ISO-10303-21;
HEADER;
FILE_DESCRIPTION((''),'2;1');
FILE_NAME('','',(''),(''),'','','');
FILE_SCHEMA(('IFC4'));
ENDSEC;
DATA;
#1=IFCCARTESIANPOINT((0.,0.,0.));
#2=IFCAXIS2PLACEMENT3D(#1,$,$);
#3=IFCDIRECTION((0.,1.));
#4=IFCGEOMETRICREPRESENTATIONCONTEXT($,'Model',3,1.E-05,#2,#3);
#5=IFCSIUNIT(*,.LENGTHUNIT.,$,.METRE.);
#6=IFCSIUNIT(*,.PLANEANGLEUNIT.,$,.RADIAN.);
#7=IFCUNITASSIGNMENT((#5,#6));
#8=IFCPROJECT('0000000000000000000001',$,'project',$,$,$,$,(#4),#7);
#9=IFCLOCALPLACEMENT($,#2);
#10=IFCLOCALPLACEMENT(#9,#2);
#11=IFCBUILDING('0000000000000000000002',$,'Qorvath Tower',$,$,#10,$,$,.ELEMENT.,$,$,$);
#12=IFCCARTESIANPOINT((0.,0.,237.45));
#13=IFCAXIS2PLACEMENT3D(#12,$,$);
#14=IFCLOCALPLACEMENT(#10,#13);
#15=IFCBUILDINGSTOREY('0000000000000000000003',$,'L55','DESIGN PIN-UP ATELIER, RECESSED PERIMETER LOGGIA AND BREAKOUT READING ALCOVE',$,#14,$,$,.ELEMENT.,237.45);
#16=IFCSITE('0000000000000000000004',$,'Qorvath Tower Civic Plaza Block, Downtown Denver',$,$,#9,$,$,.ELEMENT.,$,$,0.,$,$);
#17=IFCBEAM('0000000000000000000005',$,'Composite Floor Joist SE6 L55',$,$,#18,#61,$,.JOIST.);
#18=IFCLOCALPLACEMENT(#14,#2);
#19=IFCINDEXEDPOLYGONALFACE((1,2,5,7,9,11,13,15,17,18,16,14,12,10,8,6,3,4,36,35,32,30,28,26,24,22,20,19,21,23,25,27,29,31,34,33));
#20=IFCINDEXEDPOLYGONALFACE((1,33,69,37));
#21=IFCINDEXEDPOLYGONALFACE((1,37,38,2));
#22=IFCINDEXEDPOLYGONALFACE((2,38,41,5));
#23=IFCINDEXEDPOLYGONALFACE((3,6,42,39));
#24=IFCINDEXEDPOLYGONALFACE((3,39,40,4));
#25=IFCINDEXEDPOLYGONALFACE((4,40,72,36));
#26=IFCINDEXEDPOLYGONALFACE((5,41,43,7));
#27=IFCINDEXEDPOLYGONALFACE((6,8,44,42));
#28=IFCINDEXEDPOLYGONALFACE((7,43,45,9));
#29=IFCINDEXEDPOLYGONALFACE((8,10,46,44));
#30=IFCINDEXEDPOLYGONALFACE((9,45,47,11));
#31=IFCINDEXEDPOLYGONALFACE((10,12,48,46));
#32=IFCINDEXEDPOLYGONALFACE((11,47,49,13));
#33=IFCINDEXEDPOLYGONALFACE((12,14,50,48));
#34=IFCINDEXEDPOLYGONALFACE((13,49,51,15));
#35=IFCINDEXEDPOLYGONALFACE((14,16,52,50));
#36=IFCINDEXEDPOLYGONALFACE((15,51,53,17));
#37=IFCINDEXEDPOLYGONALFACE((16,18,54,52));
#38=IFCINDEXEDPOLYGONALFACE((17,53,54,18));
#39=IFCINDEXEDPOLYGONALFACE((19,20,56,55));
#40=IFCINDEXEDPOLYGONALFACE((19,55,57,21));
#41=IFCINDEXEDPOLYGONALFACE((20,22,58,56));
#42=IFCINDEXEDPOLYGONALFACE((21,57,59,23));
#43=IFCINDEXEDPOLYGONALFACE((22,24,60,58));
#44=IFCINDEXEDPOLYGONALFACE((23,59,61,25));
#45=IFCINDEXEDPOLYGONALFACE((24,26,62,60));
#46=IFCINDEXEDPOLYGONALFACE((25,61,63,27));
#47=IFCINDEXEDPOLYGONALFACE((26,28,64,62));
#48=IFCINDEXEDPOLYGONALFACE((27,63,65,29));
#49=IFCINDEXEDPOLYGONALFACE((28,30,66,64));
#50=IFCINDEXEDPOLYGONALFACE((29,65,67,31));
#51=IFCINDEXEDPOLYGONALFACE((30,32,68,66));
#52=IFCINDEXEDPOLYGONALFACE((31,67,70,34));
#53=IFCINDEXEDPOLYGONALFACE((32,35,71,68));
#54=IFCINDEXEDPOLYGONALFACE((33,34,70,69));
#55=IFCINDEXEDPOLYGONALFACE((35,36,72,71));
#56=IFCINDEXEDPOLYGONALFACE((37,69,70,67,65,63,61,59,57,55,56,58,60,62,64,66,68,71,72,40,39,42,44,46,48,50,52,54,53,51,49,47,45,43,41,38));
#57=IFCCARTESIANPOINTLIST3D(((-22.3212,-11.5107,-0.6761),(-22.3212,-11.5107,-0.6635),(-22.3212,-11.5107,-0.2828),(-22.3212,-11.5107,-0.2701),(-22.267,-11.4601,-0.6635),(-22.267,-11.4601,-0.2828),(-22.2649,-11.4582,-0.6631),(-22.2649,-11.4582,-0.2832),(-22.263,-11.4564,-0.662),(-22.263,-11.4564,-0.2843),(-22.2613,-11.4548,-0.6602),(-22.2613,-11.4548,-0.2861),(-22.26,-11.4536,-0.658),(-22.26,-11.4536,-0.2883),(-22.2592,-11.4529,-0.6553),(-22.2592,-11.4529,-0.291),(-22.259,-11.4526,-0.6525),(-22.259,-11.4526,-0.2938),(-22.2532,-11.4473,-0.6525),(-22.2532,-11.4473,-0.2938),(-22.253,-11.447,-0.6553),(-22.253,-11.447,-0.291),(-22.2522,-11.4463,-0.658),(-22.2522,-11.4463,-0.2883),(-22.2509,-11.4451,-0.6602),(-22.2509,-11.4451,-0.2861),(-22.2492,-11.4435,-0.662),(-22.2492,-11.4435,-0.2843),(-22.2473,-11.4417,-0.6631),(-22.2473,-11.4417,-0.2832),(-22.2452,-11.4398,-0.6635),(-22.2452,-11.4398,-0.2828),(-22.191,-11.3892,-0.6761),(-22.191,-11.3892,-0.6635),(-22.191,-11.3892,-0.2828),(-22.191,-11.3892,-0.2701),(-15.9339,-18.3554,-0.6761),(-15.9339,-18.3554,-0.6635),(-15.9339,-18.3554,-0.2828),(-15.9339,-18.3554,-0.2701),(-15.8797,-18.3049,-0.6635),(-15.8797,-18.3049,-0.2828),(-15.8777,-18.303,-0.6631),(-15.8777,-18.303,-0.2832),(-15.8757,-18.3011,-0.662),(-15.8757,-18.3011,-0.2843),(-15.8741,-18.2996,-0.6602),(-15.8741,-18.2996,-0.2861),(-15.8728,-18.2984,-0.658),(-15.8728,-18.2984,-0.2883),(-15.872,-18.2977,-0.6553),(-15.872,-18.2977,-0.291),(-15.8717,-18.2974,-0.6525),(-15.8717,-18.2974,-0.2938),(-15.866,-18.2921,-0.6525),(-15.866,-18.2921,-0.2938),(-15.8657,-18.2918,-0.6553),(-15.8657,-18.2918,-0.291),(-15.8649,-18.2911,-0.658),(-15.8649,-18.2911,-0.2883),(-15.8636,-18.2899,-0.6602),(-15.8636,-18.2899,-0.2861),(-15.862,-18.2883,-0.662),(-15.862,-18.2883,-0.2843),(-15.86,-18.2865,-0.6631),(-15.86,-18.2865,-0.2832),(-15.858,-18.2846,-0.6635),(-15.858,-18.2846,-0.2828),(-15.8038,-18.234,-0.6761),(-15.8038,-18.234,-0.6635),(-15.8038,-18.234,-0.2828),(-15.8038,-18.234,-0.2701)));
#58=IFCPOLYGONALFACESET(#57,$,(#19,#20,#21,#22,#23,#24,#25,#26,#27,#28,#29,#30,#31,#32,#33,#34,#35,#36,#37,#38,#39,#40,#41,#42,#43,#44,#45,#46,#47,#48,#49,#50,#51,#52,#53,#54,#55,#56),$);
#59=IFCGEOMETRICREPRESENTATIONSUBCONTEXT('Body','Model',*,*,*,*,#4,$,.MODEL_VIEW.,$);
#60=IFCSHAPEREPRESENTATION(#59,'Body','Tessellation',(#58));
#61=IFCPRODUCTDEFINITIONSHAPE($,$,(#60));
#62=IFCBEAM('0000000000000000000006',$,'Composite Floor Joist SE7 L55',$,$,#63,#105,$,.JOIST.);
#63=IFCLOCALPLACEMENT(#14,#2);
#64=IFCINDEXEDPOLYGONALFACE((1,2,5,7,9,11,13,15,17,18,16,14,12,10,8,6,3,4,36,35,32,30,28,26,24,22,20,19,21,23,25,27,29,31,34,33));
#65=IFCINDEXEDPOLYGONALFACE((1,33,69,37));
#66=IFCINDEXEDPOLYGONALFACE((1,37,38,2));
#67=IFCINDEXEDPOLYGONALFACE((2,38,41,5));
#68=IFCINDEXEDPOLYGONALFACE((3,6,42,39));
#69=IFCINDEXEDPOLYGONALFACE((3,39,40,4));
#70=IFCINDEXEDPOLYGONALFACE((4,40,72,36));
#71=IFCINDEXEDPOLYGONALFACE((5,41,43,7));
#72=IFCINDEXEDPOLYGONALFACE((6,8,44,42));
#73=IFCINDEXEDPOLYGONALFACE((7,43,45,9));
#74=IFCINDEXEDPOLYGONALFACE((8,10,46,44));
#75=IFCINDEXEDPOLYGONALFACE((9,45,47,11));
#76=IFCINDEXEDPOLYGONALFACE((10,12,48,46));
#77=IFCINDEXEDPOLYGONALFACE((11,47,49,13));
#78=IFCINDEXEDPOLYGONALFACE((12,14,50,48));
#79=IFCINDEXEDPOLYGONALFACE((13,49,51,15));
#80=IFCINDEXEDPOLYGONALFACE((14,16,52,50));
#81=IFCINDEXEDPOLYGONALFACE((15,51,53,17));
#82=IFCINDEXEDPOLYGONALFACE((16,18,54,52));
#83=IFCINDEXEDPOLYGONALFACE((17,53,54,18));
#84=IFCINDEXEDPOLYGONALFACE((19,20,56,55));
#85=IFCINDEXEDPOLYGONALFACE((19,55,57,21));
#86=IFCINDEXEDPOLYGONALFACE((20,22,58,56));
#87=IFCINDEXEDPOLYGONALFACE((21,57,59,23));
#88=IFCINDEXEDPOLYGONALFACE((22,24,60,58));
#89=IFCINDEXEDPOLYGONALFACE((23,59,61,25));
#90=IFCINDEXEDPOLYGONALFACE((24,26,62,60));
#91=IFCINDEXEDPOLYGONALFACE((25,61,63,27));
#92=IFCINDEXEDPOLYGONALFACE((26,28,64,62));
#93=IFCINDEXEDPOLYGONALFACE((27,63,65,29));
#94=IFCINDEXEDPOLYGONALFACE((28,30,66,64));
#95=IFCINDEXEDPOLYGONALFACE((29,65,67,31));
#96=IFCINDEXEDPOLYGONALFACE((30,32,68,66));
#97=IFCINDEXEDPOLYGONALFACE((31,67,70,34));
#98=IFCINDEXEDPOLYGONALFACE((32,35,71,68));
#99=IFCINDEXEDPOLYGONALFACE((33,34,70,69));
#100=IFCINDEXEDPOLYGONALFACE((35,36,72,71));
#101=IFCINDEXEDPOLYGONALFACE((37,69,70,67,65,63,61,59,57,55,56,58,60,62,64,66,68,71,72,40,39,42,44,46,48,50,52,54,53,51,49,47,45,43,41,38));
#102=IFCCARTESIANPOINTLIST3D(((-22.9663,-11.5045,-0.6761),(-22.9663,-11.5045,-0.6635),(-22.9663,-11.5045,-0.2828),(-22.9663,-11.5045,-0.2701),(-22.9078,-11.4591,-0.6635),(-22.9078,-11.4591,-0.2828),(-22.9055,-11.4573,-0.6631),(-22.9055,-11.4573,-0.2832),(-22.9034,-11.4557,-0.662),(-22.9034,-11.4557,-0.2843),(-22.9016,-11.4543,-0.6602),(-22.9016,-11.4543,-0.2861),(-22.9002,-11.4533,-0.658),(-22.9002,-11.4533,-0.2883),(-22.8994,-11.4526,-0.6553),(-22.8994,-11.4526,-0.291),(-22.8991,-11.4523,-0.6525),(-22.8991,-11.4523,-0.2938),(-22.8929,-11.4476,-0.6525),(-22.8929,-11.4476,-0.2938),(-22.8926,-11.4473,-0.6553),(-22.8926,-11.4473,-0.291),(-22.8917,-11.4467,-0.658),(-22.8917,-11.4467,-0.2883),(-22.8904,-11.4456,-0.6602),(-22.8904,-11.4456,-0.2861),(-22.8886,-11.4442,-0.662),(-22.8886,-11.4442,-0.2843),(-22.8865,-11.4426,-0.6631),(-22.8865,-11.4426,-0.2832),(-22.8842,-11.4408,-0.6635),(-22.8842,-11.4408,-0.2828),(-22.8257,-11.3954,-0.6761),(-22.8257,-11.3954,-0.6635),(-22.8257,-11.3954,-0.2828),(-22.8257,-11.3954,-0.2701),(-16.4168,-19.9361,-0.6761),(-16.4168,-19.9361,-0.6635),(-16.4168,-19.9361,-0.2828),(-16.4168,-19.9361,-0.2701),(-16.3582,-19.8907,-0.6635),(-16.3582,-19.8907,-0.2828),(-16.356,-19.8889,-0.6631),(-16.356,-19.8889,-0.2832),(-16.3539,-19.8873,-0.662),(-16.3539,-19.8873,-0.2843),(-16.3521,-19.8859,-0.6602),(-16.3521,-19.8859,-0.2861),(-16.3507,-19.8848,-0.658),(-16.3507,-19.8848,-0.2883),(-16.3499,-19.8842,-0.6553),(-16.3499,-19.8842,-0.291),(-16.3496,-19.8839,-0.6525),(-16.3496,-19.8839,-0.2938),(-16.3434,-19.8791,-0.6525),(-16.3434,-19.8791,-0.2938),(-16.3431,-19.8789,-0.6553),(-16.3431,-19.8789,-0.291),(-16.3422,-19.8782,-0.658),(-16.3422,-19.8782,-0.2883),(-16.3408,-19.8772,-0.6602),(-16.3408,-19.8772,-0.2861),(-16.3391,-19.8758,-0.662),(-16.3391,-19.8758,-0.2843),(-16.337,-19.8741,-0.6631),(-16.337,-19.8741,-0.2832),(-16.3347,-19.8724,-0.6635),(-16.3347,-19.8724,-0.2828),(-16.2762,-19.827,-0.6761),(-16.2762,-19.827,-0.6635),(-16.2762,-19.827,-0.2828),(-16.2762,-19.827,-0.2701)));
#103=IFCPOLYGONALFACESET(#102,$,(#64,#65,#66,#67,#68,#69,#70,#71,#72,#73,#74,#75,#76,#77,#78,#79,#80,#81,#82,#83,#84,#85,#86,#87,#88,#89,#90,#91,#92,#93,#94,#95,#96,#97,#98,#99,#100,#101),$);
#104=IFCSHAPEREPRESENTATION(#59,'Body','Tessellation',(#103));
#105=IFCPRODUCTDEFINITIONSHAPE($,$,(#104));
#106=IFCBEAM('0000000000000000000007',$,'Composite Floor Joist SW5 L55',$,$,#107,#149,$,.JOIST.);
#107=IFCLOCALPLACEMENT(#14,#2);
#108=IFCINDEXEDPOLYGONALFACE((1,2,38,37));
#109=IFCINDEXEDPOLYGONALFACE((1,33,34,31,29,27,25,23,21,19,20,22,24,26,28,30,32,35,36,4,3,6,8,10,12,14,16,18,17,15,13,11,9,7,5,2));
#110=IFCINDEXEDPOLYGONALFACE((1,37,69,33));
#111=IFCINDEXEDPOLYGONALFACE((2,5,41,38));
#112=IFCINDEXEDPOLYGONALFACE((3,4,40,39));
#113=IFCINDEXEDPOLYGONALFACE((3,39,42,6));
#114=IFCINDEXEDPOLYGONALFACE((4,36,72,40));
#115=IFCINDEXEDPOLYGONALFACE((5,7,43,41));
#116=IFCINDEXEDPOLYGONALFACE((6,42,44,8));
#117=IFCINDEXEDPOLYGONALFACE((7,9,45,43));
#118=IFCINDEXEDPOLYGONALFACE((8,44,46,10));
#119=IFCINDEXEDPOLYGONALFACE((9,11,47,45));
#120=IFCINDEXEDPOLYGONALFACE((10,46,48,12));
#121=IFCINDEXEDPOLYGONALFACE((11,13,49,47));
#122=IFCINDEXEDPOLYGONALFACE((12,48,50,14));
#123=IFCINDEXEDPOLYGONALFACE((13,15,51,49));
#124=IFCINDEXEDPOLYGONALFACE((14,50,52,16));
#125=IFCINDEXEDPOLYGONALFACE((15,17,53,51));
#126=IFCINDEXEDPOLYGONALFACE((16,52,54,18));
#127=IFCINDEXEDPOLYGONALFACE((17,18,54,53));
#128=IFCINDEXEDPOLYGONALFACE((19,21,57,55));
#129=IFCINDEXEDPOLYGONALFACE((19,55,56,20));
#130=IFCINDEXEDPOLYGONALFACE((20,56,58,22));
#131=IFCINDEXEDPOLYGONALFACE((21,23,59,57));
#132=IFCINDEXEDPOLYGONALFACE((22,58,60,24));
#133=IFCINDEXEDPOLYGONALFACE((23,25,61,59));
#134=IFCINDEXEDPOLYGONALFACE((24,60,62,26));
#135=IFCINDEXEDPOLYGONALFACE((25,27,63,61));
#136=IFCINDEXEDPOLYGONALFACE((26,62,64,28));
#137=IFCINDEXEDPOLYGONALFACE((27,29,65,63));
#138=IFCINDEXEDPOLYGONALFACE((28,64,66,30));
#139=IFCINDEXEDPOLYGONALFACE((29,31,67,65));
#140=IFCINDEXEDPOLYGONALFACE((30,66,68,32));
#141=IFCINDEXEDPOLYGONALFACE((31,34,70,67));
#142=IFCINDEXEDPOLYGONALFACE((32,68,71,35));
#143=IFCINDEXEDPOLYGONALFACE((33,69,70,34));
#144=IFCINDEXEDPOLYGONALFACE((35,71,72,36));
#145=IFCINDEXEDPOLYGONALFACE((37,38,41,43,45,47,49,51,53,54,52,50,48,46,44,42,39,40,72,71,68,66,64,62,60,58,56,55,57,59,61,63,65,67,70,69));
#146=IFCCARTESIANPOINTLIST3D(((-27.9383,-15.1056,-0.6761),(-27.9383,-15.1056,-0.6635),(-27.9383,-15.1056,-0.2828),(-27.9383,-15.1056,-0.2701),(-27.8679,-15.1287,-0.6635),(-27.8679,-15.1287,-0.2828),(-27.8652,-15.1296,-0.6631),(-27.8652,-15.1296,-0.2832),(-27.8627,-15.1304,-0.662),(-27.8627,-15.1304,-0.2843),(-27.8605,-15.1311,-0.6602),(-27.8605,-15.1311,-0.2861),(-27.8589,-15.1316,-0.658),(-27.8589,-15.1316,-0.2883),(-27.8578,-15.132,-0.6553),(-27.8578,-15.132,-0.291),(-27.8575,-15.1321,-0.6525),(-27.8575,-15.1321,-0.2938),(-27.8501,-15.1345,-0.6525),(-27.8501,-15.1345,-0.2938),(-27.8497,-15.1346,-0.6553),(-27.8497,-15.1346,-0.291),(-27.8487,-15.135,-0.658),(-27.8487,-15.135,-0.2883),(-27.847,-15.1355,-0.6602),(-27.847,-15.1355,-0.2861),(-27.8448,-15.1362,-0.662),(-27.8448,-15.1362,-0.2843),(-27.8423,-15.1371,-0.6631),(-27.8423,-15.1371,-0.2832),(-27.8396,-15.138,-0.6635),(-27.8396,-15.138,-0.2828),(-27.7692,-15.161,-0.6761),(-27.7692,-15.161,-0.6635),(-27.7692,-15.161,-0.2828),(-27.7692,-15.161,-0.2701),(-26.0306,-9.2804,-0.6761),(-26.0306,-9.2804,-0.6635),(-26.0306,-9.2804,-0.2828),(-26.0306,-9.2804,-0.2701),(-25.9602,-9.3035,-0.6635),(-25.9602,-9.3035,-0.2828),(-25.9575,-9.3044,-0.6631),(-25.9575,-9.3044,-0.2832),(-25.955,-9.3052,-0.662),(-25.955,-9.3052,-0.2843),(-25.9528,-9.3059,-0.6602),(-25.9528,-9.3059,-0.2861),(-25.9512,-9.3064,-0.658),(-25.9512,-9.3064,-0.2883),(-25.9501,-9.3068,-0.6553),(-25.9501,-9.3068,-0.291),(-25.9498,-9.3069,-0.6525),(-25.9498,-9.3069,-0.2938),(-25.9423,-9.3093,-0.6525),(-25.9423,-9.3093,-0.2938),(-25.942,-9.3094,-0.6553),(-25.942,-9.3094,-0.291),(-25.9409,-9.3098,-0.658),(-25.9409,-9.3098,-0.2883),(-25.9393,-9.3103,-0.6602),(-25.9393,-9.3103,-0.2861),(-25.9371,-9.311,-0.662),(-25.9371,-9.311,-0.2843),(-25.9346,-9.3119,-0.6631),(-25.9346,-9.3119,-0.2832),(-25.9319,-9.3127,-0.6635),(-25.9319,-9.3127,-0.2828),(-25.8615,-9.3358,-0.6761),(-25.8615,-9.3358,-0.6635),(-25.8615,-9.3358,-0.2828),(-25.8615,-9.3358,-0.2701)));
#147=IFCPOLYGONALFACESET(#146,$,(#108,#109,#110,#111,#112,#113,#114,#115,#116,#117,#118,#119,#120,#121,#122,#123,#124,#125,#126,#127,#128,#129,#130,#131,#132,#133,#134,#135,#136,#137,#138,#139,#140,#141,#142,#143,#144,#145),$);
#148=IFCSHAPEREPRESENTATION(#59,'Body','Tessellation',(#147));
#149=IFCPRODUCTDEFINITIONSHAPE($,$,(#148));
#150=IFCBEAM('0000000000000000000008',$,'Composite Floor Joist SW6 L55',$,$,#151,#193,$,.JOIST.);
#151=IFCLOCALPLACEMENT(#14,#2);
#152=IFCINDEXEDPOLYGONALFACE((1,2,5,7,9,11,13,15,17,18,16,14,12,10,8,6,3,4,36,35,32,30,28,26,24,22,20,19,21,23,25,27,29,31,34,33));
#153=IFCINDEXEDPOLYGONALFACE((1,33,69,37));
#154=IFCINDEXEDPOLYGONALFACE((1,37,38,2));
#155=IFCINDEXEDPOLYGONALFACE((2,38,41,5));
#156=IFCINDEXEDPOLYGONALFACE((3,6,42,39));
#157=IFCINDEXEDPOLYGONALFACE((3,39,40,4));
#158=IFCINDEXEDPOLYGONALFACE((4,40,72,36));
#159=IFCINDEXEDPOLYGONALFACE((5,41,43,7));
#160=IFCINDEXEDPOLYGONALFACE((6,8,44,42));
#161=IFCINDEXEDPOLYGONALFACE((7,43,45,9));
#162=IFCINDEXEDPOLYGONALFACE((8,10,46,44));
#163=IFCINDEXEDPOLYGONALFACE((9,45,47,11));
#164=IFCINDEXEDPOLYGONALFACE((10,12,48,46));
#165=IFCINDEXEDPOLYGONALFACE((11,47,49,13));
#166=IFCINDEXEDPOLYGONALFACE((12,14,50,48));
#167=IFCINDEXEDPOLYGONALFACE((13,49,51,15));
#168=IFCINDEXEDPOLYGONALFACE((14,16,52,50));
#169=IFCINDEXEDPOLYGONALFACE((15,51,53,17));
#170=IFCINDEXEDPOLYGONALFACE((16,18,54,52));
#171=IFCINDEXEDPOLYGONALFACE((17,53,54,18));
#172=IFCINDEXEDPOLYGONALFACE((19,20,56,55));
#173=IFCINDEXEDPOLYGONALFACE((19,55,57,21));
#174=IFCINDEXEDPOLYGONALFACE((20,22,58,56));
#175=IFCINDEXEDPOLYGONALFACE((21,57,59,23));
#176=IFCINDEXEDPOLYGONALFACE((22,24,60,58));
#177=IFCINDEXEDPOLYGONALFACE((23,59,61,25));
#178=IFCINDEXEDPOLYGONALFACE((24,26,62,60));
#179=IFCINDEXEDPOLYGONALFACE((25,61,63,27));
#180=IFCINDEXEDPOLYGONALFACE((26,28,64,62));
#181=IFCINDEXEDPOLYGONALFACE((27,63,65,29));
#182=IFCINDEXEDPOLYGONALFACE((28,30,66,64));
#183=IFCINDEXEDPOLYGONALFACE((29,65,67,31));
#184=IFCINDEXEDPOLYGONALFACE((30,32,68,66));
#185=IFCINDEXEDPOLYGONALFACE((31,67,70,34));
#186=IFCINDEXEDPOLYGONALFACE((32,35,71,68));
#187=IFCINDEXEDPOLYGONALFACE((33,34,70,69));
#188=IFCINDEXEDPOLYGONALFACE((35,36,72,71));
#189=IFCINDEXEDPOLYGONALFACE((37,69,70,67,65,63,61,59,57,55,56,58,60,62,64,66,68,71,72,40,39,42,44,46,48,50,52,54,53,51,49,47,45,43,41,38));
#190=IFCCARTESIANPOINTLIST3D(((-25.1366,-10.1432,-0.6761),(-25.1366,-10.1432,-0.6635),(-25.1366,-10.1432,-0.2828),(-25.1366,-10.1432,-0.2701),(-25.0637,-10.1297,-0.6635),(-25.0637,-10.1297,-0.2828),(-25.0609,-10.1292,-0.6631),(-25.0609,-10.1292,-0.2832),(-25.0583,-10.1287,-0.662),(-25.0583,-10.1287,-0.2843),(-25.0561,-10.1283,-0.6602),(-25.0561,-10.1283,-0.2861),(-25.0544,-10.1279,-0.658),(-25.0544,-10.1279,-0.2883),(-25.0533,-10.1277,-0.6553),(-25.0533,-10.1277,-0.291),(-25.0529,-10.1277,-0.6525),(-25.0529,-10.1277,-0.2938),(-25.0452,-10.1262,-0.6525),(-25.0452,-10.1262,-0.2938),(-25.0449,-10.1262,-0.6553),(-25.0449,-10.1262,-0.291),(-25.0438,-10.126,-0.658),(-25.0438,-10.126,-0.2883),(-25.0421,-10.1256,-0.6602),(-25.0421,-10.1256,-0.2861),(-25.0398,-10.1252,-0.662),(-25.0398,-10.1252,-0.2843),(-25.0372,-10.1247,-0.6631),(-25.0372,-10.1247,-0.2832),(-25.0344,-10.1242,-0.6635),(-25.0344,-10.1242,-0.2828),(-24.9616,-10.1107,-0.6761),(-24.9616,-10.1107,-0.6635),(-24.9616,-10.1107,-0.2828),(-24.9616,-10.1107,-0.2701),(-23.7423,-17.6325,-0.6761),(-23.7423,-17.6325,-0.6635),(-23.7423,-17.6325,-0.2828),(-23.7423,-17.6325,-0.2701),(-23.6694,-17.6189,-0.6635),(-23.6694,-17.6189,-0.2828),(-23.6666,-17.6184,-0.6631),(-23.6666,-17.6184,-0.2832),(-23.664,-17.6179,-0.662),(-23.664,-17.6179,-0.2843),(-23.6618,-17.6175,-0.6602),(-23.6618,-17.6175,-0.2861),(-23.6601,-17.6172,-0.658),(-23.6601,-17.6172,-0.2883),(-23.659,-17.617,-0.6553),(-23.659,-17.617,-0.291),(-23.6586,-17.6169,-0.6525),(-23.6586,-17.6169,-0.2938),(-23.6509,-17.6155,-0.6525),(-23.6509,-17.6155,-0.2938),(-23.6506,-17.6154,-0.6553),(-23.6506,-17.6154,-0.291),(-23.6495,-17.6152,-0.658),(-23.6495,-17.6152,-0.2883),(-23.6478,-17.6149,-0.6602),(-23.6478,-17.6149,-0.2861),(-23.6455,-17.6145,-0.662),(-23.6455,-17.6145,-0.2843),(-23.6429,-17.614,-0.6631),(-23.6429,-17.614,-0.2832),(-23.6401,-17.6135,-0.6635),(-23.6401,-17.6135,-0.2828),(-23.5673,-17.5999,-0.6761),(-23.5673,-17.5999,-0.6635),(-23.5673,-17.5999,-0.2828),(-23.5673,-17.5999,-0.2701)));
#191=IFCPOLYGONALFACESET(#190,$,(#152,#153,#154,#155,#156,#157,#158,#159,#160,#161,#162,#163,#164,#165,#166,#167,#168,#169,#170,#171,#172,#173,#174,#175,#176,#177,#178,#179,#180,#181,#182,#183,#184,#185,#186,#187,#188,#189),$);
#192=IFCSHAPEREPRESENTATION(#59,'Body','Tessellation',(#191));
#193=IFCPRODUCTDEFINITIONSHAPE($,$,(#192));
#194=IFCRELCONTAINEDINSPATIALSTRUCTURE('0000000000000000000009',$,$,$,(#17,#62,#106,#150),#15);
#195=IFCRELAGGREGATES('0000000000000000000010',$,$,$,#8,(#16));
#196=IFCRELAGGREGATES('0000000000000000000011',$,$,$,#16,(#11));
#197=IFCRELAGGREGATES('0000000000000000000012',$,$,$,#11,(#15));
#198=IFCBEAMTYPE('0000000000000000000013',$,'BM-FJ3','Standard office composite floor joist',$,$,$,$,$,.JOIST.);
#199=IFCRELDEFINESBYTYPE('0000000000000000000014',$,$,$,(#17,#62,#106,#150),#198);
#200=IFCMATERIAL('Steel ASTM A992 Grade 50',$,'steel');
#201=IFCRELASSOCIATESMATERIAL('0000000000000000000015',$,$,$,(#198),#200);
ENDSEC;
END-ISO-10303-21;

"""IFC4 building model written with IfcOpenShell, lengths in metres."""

from ifc_helpers import new_model, si_unit, direction, frame, origin, origin_2d, place, context, subcontext, project, spatial, i_section, extrude, material, material_profile, profile_set, type_object, element, save


model = new_model("IFC4")

# Units and contexts
model_context = context("Model", 3, precision=1e-05, world=origin(), true_north=direction((0.0, 1.0)))
body_context = subcontext(model_context, "Body", "Model", "MODEL_VIEW")
ifc_project = project(units=[si_unit("LENGTHUNIT", "METRE"), si_unit("PLANEANGLEUNIT", "RADIAN")], contexts=[model_context])

# Site, building, storey
site_placement = place(None, origin())
site = spatial("IfcSite", under=ifc_project, at=site_placement, Name="Qorvath Tower Civic Plaza Block, Downtown Denver", CompositionType="ELEMENT", RefElevation=0.0)
building_placement = place(site_placement, origin())
building = spatial("IfcBuilding", under=site, at=building_placement, Name="Qorvath Tower", CompositionType="ELEMENT")
storey_placement = place(building_placement, frame((0.0, 0.0, 237.45)))
storey = spatial("IfcBuildingStorey", under=building, at=storey_placement, Name="L55", Description="DESIGN PIN-UP ATELIER, RECESSED PERIMETER LOGGIA AND BREAKOUT READING ALCOVE", CompositionType="ELEMENT", Elevation=237.45)

# Beams
ifc_material_1 = material(Name="Steel ASTM A992 Grade 50", Category="steel")
ifc_material_profile_1 = material_profile(ifc_material_1, i_section(OverallWidth=0.178, OverallDepth=0.406, WebThickness=0.0078, FlangeThickness=0.0127, FilletRadius=0.011, at=origin_2d()), Name="W16x40")
ifc_profile_set_1 = profile_set([ifc_material_profile_1], Name="Steel ASTM A992 Grade 50")
beam_type_1 = type_object("IfcBeamType", Name="BM-FJ3", Description="Standard office composite floor joist", PredefinedType="JOIST", material=ifc_profile_set_1)
beam_1_placement = place(storey_placement, frame((-22.2561, -11.45, -0.4731), z_axis=(0.682249, -0.731119, 0.0), x_axis=(0.731119, 0.682249, 0.0)))
element("IfcBeam", 1, at=beam_1_placement, inside=storey, type_object=beam_type_1, Name="Composite Floor Joist SE6 L55", PredefinedType="JOIST", context=body_context, shape_type="SweptSolid", body=[
    extrude(i_section(OverallWidth=0.178, OverallDepth=0.406, WebThickness=0.0078, FlangeThickness=0.0127, FilletRadius=0.011, at=origin_2d()), origin(), (0.0, 0.0, 1.0), 9.3621),
])
beam_2_placement = place(storey_placement, frame((-22.896, -11.45, -0.4731), z_axis=(0.613451, -0.789733, 0.0), x_axis=(0.789733, 0.613451, 0.0)))
element("IfcBeam", 2, at=beam_2_placement, inside=storey, type_object=beam_type_1, Name="Composite Floor Joist SE7 L55", PredefinedType="JOIST", context=body_context, shape_type="SweptSolid", body=[
    extrude(i_section(OverallWidth=0.178, OverallDepth=0.406, WebThickness=0.0078, FlangeThickness=0.0127, FilletRadius=0.011, at=origin_2d()), origin(), (0.0, 0.0, 1.0), 10.6765),
])
beam_3_placement = place(storey_placement, frame((-25.946, -9.3081, -0.4731), z_axis=(-0.311229, -0.950335, 0.0), x_axis=(0.950335, -0.311229, 0.0)))
element("IfcBeam", 3, at=beam_3_placement, inside=storey, type_object=beam_type_1, Name="Composite Floor Joist SW5 L55", PredefinedType="JOIST", context=body_context, shape_type="SweptSolid", body=[
    extrude(i_section(OverallWidth=0.178, OverallDepth=0.406, WebThickness=0.0078, FlangeThickness=0.0127, FilletRadius=0.011, at=origin_2d()), origin(), (0.0, 0.0, 1.0), 6.1296),
])
beam_4_placement = place(storey_placement, frame((-25.0491, -10.127, -0.4731), z_axis=(0.183027, -0.983108, 0.0), x_axis=(0.983108, 0.183027, 0.0)))
element("IfcBeam", 4, at=beam_4_placement, inside=storey, type_object=beam_type_1, Name="Composite Floor Joist SW6 L55", PredefinedType="JOIST", context=body_context, shape_type="SweptSolid", body=[
    extrude(i_section(OverallWidth=0.178, OverallDepth=0.406, WebThickness=0.0078, FlangeThickness=0.0127, FilletRadius=0.011, at=origin_2d()), origin(), (0.0, 0.0, 1.0), 7.6179),
])

save(model, "model.ifc")
